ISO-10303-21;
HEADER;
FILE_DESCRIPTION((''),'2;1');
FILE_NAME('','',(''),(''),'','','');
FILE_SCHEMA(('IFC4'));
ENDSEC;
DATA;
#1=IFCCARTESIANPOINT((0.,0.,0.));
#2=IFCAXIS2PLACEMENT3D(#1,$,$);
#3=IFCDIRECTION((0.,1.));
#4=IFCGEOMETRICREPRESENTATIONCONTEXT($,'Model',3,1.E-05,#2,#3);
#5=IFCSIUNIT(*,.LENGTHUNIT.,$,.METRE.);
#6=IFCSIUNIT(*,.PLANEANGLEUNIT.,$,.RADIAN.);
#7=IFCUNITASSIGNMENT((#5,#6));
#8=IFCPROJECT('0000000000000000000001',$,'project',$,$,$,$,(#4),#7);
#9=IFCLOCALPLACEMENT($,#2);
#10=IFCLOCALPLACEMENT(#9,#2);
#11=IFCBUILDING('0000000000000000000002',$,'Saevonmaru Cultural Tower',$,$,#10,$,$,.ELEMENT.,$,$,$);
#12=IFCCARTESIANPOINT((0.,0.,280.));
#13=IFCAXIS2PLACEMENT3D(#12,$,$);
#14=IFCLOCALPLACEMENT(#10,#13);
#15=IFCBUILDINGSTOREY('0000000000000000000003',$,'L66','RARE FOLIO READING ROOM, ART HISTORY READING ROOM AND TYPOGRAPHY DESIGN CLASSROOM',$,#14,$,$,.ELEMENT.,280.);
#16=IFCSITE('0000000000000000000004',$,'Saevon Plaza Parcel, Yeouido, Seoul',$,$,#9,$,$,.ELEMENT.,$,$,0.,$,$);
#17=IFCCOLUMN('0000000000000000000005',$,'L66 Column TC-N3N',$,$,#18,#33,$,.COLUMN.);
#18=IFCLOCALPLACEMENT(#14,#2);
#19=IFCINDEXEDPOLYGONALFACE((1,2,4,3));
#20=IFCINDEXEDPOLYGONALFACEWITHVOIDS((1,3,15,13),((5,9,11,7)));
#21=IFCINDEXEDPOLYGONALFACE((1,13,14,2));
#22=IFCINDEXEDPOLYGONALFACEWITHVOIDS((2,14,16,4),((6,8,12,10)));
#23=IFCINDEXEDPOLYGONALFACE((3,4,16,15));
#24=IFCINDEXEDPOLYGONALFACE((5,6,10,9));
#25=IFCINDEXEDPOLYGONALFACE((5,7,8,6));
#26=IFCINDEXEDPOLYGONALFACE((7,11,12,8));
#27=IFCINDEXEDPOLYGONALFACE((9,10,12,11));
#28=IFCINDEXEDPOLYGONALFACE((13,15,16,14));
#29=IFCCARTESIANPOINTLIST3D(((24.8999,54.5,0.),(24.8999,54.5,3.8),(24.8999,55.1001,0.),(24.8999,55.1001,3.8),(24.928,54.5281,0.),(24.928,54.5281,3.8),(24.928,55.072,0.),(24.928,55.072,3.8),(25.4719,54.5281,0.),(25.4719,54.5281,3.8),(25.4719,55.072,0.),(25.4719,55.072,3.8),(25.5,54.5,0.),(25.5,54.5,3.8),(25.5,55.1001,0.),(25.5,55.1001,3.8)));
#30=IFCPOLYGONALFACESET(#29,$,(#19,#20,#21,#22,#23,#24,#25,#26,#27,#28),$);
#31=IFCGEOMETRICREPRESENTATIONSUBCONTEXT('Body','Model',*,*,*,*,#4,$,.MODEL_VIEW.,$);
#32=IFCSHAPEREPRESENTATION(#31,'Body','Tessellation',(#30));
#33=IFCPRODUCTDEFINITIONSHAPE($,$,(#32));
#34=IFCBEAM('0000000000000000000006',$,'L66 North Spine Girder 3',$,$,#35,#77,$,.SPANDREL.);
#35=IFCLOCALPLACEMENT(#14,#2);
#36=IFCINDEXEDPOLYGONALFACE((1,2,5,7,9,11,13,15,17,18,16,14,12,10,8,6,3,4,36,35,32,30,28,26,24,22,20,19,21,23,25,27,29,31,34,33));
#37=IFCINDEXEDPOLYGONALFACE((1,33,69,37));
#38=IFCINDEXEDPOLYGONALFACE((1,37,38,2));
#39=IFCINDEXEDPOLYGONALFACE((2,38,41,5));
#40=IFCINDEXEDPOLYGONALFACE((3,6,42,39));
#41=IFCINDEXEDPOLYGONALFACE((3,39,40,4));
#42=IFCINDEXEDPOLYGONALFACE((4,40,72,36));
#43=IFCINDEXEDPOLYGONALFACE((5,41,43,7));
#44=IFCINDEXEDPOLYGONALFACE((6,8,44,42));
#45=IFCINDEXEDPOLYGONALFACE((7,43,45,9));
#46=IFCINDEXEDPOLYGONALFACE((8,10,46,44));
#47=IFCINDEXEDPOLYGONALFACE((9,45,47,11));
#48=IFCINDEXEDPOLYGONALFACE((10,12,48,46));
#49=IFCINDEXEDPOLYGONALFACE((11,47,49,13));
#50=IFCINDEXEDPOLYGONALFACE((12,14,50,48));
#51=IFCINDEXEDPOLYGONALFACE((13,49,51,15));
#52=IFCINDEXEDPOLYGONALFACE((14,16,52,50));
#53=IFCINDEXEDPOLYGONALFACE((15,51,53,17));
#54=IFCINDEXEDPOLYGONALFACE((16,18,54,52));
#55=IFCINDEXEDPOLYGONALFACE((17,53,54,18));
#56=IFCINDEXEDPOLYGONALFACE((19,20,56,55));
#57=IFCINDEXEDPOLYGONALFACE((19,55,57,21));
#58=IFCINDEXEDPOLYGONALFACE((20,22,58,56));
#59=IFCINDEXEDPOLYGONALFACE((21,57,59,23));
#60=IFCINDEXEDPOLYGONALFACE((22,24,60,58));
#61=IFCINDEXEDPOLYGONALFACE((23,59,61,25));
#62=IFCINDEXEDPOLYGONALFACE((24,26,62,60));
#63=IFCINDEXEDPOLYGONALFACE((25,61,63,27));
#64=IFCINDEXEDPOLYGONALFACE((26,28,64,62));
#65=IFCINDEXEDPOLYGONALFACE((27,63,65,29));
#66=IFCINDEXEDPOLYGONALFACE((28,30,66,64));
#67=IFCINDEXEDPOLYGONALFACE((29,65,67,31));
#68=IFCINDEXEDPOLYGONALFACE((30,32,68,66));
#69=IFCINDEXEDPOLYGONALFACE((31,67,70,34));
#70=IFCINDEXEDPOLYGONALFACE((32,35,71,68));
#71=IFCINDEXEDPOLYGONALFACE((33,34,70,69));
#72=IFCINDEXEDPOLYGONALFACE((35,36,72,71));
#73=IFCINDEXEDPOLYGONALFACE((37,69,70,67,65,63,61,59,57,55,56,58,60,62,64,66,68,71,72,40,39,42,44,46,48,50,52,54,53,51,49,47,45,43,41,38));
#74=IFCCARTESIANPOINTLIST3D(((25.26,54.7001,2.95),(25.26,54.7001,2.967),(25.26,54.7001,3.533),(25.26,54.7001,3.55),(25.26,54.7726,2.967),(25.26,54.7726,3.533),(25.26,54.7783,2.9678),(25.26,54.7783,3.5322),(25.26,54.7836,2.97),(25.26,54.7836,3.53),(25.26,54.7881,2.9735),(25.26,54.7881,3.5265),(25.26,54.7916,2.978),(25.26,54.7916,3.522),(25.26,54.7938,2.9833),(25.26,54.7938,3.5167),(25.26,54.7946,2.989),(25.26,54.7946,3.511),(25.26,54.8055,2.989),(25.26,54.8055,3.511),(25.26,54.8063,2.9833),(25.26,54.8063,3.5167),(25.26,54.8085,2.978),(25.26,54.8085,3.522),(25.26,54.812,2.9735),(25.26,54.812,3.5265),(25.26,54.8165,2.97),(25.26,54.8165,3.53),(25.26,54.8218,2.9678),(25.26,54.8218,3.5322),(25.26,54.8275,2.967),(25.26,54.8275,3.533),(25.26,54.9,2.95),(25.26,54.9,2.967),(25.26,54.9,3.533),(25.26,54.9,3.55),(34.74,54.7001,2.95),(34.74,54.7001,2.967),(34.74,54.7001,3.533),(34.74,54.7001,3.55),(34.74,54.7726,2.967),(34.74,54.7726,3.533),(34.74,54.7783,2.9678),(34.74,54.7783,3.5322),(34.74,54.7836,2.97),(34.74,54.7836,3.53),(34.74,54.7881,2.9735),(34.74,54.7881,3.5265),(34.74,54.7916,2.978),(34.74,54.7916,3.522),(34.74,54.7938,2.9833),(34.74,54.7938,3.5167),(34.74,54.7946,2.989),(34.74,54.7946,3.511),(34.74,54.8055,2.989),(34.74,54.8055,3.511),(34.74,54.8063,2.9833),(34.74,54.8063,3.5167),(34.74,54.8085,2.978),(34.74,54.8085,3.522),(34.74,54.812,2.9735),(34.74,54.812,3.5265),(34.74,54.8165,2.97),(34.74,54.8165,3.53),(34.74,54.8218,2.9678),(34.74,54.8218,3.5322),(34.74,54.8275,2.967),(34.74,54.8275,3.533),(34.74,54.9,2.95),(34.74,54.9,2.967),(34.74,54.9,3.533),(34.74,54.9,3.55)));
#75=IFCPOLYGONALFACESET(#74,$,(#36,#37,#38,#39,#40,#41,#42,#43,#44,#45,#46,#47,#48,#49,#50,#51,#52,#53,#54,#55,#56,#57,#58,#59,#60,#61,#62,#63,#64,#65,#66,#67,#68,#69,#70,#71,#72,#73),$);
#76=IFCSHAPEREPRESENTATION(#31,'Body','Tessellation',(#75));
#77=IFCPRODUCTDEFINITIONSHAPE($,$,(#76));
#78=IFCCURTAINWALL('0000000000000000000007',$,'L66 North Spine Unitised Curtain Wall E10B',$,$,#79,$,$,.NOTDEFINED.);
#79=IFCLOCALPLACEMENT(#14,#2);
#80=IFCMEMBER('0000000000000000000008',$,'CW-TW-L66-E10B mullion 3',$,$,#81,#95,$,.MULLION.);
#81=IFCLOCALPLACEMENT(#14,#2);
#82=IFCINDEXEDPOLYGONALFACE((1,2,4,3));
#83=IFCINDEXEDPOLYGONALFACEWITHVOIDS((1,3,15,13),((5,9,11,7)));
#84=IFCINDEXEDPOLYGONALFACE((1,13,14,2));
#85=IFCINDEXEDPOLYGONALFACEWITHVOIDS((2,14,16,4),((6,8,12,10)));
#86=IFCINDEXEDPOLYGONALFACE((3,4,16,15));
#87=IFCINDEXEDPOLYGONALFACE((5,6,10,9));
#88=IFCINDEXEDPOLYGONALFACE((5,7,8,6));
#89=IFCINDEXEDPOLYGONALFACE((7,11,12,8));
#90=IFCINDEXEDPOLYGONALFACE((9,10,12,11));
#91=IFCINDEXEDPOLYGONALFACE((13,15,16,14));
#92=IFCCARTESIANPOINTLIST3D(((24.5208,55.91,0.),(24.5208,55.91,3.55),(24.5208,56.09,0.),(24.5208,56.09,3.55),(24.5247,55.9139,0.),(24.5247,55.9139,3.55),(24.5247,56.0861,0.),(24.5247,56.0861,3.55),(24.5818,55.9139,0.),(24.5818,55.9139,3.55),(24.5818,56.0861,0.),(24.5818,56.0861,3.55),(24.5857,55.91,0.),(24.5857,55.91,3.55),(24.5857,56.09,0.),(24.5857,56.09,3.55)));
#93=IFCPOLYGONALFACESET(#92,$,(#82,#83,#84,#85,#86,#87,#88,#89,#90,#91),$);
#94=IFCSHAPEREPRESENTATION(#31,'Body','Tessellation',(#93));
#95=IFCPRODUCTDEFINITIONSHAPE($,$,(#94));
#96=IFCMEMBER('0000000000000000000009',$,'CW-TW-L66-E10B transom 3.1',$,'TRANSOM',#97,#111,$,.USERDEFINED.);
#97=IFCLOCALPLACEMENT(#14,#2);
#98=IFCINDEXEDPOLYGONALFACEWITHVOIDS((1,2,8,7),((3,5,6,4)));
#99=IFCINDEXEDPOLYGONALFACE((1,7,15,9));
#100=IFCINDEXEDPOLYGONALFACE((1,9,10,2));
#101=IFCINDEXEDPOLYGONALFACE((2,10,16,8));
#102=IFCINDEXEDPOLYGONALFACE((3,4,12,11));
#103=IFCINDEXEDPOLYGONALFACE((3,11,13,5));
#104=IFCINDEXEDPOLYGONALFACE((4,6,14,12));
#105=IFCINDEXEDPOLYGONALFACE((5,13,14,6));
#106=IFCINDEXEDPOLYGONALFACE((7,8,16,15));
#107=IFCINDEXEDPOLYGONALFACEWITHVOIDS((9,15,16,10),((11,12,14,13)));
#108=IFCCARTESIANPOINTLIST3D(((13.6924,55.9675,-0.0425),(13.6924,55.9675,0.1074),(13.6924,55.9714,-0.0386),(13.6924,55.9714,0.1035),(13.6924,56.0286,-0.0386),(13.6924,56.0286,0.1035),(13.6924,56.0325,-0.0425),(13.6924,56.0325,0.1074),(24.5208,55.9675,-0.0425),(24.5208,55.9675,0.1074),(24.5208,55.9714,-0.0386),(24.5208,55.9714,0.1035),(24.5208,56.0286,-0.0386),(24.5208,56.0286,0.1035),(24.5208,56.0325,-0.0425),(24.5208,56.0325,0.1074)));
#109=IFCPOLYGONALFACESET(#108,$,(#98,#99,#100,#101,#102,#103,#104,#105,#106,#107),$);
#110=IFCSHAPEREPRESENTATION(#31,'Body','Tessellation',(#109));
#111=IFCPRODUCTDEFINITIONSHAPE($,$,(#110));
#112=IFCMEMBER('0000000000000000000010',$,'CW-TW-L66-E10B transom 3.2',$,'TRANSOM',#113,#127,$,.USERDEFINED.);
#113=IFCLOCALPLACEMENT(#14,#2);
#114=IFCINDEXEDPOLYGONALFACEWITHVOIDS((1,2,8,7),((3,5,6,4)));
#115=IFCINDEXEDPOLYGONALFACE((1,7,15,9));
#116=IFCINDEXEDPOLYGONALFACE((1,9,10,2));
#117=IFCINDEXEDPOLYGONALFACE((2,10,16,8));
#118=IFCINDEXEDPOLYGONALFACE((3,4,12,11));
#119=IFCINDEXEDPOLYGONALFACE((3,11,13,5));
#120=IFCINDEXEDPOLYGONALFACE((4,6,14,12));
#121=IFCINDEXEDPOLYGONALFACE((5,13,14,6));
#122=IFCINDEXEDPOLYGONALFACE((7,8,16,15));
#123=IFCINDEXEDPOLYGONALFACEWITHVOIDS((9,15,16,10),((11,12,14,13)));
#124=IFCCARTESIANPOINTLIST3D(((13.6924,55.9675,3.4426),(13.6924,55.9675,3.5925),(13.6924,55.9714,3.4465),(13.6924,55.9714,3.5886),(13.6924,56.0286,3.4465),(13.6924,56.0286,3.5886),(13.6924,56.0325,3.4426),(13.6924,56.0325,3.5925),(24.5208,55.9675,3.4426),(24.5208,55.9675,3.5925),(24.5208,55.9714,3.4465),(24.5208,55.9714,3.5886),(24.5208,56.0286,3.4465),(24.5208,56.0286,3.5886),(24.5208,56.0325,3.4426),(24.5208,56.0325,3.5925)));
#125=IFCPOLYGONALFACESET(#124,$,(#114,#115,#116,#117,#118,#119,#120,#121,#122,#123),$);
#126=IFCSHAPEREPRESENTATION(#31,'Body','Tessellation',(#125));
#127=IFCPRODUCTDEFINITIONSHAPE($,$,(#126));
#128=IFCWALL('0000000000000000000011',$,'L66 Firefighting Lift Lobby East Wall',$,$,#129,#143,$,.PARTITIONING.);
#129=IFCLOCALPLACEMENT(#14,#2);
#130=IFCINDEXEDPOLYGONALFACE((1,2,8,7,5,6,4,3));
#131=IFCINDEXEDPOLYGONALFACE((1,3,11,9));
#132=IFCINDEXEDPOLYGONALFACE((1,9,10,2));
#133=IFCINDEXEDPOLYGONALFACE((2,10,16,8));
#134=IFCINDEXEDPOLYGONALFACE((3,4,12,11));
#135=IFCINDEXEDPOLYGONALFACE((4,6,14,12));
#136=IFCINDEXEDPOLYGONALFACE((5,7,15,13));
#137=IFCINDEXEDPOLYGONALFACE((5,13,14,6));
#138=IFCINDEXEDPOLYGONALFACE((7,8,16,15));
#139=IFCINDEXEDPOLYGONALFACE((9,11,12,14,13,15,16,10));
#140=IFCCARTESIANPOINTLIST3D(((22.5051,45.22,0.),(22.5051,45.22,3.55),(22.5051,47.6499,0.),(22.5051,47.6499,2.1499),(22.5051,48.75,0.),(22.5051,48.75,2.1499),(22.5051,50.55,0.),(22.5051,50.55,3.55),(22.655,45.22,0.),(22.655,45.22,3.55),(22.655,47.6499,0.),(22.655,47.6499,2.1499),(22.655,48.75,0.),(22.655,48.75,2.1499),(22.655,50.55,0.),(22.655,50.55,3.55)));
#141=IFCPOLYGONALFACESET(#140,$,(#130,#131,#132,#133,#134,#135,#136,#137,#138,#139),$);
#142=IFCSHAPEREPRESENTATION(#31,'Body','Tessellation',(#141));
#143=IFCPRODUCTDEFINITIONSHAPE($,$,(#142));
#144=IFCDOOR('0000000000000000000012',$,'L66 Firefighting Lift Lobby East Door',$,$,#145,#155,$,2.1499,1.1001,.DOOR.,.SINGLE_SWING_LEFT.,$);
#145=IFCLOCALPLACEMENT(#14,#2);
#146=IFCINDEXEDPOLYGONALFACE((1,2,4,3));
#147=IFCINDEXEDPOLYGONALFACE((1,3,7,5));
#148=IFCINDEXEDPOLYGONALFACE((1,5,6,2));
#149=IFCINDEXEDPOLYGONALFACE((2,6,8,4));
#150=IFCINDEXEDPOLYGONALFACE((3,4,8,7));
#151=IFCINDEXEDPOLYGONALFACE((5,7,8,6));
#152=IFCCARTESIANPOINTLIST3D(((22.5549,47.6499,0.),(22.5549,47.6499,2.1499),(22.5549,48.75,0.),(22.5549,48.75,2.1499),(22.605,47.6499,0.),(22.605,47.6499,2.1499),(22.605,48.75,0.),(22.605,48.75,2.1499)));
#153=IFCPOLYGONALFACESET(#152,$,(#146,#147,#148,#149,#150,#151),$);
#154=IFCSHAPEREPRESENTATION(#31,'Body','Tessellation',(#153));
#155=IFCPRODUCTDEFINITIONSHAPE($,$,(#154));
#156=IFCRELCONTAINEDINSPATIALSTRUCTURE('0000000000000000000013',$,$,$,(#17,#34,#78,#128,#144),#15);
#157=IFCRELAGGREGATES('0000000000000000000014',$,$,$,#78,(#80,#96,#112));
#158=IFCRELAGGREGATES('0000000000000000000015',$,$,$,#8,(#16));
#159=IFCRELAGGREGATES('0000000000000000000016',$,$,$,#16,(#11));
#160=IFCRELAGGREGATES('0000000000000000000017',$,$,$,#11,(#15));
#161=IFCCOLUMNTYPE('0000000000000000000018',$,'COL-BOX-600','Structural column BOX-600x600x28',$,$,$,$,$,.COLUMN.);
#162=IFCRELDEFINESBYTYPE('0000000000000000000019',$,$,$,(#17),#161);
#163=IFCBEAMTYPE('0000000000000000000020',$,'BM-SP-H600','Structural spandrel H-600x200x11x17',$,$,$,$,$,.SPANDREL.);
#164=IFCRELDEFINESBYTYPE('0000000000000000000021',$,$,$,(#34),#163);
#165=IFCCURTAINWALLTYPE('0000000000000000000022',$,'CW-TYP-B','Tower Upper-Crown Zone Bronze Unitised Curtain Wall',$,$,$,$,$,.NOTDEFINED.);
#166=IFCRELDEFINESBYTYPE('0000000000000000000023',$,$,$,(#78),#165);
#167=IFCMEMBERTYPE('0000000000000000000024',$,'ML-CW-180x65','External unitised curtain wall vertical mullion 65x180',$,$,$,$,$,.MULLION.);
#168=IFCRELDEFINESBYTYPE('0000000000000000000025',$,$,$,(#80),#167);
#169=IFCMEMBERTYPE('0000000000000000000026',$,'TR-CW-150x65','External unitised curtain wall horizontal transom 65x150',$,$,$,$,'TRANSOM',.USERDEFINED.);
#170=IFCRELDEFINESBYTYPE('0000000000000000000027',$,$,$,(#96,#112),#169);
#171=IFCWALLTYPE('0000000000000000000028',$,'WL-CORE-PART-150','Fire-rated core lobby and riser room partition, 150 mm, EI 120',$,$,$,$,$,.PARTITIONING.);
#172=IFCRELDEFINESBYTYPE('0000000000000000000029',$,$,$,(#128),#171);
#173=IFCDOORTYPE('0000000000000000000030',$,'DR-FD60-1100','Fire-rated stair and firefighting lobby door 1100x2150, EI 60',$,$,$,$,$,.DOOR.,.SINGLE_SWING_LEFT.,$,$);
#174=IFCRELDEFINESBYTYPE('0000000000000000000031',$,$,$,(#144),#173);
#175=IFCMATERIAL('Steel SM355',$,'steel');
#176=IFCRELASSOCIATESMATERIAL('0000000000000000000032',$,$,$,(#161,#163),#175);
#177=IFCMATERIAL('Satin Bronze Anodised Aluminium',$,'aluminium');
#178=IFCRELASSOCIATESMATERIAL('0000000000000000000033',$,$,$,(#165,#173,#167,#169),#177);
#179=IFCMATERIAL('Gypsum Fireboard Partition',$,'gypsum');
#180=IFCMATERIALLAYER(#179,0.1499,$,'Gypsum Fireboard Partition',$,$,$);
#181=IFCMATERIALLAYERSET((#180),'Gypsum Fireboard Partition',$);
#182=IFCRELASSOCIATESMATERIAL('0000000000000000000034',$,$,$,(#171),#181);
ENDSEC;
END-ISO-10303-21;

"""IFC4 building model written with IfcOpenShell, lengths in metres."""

from ifc_helpers import new_model, si_unit, direction, frame, frame_2d, origin, origin_2d, place, context, subcontext, project, spatial, rectangle, hollow_rectangle, i_section, extrude, material, layer, layer_set, material_profile, profile_set, type_object, element, fill, aggregate, save


model = new_model("IFC4")

# Units and contexts
model_context = context("Model", 3, precision=1e-05, world=origin(), true_north=direction((0.0, 1.0)))
body_context = subcontext(model_context, "Body", "Model", "MODEL_VIEW")
ifc_project = project(units=[si_unit("LENGTHUNIT", "METRE"), si_unit("PLANEANGLEUNIT", "RADIAN")], contexts=[model_context])

# Site, building, storey
site_placement = place(None, origin())
site = spatial("IfcSite", under=ifc_project, at=site_placement, Name="Saevon Plaza Parcel, Yeouido, Seoul", CompositionType="ELEMENT", RefElevation=0.0)
building_placement = place(site_placement, origin())
building = spatial("IfcBuilding", under=site, at=building_placement, Name="Saevonmaru Cultural Tower", CompositionType="ELEMENT")
storey_placement = place(building_placement, frame((0.0, 0.0, 280.0)))
storey = spatial("IfcBuildingStorey", under=building, at=storey_placement, Name="L66", Description="RARE FOLIO READING ROOM, ART HISTORY READING ROOM AND TYPOGRAPHY DESIGN CLASSROOM", CompositionType="ELEMENT", Elevation=280.0)

# Column
ifc_material_1 = material(Name="Steel SM355", Category="steel")
ifc_material_profile_1 = material_profile(ifc_material_1, hollow_rectangle(XDim=0.6001, YDim=0.6001, WallThickness=0.0281, at=origin_2d()), Name="BOX-600x600x28")
ifc_profile_set_1 = profile_set([ifc_material_profile_1], Name="Steel SM355")
column_type = type_object("IfcColumnType", Name="COL-BOX-600", Description="Structural column BOX-600x600x28", PredefinedType="COLUMN", material=ifc_profile_set_1)
column_placement = place(storey_placement, frame((25.2, 54.8, 0.0), z_axis=(0.0, 0.0, 1.0), x_axis=(1.0, 0.0, 0.0)))
element("IfcColumn", 1, at=column_placement, inside=storey, type_object=column_type, Name="L66 Column TC-N3N", PredefinedType="COLUMN", context=body_context, shape_type="SweptSolid", body=[
    extrude(hollow_rectangle(XDim=0.6001, YDim=0.6001, WallThickness=0.0281, at=origin_2d()), origin(), (0.0, 0.0, 1.0), 3.8),
])

# Beam
ifc_material_profile_2 = material_profile(ifc_material_1, i_section(OverallWidth=0.2, OverallDepth=0.6001, WebThickness=0.011, FlangeThickness=0.0171, FilletRadius=0.022, at=origin_2d()), Name="H-600x200x11x17")
ifc_profile_set_2 = profile_set([ifc_material_profile_2], Name="Steel SM355")
beam_type = type_object("IfcBeamType", Name="BM-SP-H600", Description="Structural spandrel H-600x200x11x17", PredefinedType="SPANDREL", material=ifc_profile_set_2)
beam_placement = place(storey_placement, frame((25.26, 54.8, 3.25), z_axis=(1.0, 0.0, 0.0), x_axis=(0.0, 1.0, 0.0)))
element("IfcBeam", 2, at=beam_placement, inside=storey, type_object=beam_type, Name="L66 North Spine Girder 3", PredefinedType="SPANDREL", context=body_context, shape_type="SweptSolid", body=[
    extrude(i_section(OverallWidth=0.2, OverallDepth=0.6001, WebThickness=0.011, FlangeThickness=0.0171, FilletRadius=0.022, at=origin_2d()), origin(), (0.0, 0.0, 1.0), 9.48),
])

# Curtain wall, members
ifc_material_2 = material(Name="Satin Bronze Anodised Aluminium", Category="aluminium")
curtain_wall_type = type_object("IfcCurtainWallType", Name="CW-TYP-B", Description="Tower Upper-Crown Zone Bronze Unitised Curtain Wall", PredefinedType="NOTDEFINED", material=ifc_material_2)
curtain_wall_placement = place(storey_placement, origin())
curtain_wall = element("IfcCurtainWall", 3, at=curtain_wall_placement, inside=storey, type_object=curtain_wall_type, Name="L66 North Spine Unitised Curtain Wall E10B", PredefinedType="NOTDEFINED")
ifc_material_profile_3 = material_profile(ifc_material_2, hollow_rectangle(XDim=0.0649, YDim=0.1799, WallThickness=0.0039, at=origin_2d()), Name="ALU-MULL-180x65x4")
ifc_profile_set_3 = profile_set([ifc_material_profile_3], Name="Satin Bronze Anodised Aluminium")
member_type_1 = type_object("IfcMemberType", Name="ML-CW-180x65", Description="External unitised curtain wall vertical mullion 65x180", PredefinedType="MULLION", material=ifc_profile_set_3)
member_1_placement = place(storey_placement, frame((24.5532, 56.0, 0.0), z_axis=(0.0, 0.0, 1.0), x_axis=(-1.0, 0.0, 0.0)))
member_1 = element("IfcMember", 4, at=member_1_placement, type_object=member_type_1, Name="CW-TW-L66-E10B mullion 3", PredefinedType="MULLION", context=body_context, shape_type="SweptSolid", body=[
    extrude(hollow_rectangle(XDim=0.0649, YDim=0.1799, WallThickness=0.0039, at=origin_2d()), origin(), (0.0, 0.0, 1.0), 3.55),
])
ifc_material_profile_4 = material_profile(ifc_material_2, hollow_rectangle(XDim=0.0649, YDim=0.1499, WallThickness=0.0039, at=origin_2d()), Name="ALU-TRAN-150x65x4")
ifc_profile_set_4 = profile_set([ifc_material_profile_4], Name="Satin Bronze Anodised Aluminium")
member_type_2 = type_object("IfcMemberType", Name="TR-CW-150x65", Description="External unitised curtain wall horizontal transom 65x150", ElementType="TRANSOM", PredefinedType="USERDEFINED", material=ifc_profile_set_4)
member_2_placement = place(storey_placement, frame((24.5208, 56.0, 0.0325), z_axis=(-1.0, 0.0, 0.0), x_axis=(0.0, -1.0, 0.0)))
member_2 = element("IfcMember", 5, at=member_2_placement, type_object=member_type_2, Name="CW-TW-L66-E10B transom 3.1", ObjectType="TRANSOM", PredefinedType="USERDEFINED", context=body_context, shape_type="SweptSolid", body=[
    extrude(hollow_rectangle(XDim=0.0649, YDim=0.1499, WallThickness=0.0039, at=origin_2d()), origin(), (0.0, 0.0, 1.0), 10.8284),
])
member_3_placement = place(storey_placement, frame((24.5208, 56.0, 3.5176), z_axis=(-1.0, 0.0, 0.0), x_axis=(0.0, -1.0, 0.0)))
member_3 = element("IfcMember", 6, at=member_3_placement, type_object=member_type_2, Name="CW-TW-L66-E10B transom 3.2", ObjectType="TRANSOM", PredefinedType="USERDEFINED", context=body_context, shape_type="SweptSolid", body=[
    extrude(hollow_rectangle(XDim=0.0649, YDim=0.1499, WallThickness=0.0039, at=origin_2d()), origin(), (0.0, 0.0, 1.0), 10.8284),
])
aggregate(curtain_wall, [member_1, member_2, member_3])

# Wall, opening, door
ifc_material_3 = material(Name="Gypsum Fireboard Partition", Category="gypsum")
ifc_layer_1 = layer(ifc_material_3, 0.1499, Name="Gypsum Fireboard Partition")
ifc_layer_set_1 = layer_set([ifc_layer_1], Name="Gypsum Fireboard Partition")
wall_type_1 = type_object("IfcWallType", Name="WL-CORE-PART-150", Description="Fire-rated core lobby and riser room partition, 150 mm, EI 120", PredefinedType="PARTITIONING", material=ifc_layer_set_1)
wall_1_placement = place(storey_placement, frame((22.5801, 50.55, 0.0), z_axis=(0.0, 0.0, 1.0), x_axis=(0.0, -1.0, 0.0)))
wall_1 = element("IfcWall", 7, at=wall_1_placement, inside=storey, type_object=wall_type_1, Name="L66 Firefighting Lift Lobby East Wall", PredefinedType="PARTITIONING", context=body_context, shape_type="SweptSolid", body=[
    extrude(rectangle(XDim=5.3301, YDim=0.1499, at=frame_2d((2.665, 0.0))), origin(), (0.0, 0.0, 1.0), 3.55),
])
opening_1_placement = place(wall_1_placement, frame((1.8, 0.0, 0.0)))
opening_1 = element("IfcOpeningElement", 8, at=opening_1_placement, cuts=wall_1, PredefinedType="OPENING", context=body_context, shape_type="SweptSolid", body=[
    extrude(rectangle(XDim=1.1001, YDim=2.1499, at=frame_2d((0.55, 1.075))), frame((0.0, 0.085, 0.0), z_axis=(0.0, -1.0, 0.0), x_axis=(1.0, 0.0, 0.0)), (0.0, 0.0, 1.0), 0.1699),
])
door_type_1 = type_object("IfcDoorType", Name="DR-FD60-1100", Description="Fire-rated stair and firefighting lobby door 1100x2150, EI 60", OperationType="SINGLE_SWING_LEFT", PredefinedType="DOOR", material=ifc_material_2)
door_1_placement = place(opening_1_placement, origin())
door_1 = element("IfcDoor", 9, at=door_1_placement, inside=storey, type_object=door_type_1, Name="L66 Firefighting Lift Lobby East Door", OperationType="SINGLE_SWING_LEFT", OverallHeight=2.1499, OverallWidth=1.1001, PredefinedType="DOOR", context=body_context, shape_type="SweptSolid", body=[
    extrude(rectangle(XDim=1.1001, YDim=2.1499, at=frame_2d((0.55, 1.075))), frame((0.0, 0.0249, 0.0), z_axis=(0.0, -1.0, 0.0), x_axis=(1.0, 0.0, 0.0)), (0.0, 0.0, 1.0), 0.05),
])
fill(opening_1, door_1)

save(model, "model.ifc")
